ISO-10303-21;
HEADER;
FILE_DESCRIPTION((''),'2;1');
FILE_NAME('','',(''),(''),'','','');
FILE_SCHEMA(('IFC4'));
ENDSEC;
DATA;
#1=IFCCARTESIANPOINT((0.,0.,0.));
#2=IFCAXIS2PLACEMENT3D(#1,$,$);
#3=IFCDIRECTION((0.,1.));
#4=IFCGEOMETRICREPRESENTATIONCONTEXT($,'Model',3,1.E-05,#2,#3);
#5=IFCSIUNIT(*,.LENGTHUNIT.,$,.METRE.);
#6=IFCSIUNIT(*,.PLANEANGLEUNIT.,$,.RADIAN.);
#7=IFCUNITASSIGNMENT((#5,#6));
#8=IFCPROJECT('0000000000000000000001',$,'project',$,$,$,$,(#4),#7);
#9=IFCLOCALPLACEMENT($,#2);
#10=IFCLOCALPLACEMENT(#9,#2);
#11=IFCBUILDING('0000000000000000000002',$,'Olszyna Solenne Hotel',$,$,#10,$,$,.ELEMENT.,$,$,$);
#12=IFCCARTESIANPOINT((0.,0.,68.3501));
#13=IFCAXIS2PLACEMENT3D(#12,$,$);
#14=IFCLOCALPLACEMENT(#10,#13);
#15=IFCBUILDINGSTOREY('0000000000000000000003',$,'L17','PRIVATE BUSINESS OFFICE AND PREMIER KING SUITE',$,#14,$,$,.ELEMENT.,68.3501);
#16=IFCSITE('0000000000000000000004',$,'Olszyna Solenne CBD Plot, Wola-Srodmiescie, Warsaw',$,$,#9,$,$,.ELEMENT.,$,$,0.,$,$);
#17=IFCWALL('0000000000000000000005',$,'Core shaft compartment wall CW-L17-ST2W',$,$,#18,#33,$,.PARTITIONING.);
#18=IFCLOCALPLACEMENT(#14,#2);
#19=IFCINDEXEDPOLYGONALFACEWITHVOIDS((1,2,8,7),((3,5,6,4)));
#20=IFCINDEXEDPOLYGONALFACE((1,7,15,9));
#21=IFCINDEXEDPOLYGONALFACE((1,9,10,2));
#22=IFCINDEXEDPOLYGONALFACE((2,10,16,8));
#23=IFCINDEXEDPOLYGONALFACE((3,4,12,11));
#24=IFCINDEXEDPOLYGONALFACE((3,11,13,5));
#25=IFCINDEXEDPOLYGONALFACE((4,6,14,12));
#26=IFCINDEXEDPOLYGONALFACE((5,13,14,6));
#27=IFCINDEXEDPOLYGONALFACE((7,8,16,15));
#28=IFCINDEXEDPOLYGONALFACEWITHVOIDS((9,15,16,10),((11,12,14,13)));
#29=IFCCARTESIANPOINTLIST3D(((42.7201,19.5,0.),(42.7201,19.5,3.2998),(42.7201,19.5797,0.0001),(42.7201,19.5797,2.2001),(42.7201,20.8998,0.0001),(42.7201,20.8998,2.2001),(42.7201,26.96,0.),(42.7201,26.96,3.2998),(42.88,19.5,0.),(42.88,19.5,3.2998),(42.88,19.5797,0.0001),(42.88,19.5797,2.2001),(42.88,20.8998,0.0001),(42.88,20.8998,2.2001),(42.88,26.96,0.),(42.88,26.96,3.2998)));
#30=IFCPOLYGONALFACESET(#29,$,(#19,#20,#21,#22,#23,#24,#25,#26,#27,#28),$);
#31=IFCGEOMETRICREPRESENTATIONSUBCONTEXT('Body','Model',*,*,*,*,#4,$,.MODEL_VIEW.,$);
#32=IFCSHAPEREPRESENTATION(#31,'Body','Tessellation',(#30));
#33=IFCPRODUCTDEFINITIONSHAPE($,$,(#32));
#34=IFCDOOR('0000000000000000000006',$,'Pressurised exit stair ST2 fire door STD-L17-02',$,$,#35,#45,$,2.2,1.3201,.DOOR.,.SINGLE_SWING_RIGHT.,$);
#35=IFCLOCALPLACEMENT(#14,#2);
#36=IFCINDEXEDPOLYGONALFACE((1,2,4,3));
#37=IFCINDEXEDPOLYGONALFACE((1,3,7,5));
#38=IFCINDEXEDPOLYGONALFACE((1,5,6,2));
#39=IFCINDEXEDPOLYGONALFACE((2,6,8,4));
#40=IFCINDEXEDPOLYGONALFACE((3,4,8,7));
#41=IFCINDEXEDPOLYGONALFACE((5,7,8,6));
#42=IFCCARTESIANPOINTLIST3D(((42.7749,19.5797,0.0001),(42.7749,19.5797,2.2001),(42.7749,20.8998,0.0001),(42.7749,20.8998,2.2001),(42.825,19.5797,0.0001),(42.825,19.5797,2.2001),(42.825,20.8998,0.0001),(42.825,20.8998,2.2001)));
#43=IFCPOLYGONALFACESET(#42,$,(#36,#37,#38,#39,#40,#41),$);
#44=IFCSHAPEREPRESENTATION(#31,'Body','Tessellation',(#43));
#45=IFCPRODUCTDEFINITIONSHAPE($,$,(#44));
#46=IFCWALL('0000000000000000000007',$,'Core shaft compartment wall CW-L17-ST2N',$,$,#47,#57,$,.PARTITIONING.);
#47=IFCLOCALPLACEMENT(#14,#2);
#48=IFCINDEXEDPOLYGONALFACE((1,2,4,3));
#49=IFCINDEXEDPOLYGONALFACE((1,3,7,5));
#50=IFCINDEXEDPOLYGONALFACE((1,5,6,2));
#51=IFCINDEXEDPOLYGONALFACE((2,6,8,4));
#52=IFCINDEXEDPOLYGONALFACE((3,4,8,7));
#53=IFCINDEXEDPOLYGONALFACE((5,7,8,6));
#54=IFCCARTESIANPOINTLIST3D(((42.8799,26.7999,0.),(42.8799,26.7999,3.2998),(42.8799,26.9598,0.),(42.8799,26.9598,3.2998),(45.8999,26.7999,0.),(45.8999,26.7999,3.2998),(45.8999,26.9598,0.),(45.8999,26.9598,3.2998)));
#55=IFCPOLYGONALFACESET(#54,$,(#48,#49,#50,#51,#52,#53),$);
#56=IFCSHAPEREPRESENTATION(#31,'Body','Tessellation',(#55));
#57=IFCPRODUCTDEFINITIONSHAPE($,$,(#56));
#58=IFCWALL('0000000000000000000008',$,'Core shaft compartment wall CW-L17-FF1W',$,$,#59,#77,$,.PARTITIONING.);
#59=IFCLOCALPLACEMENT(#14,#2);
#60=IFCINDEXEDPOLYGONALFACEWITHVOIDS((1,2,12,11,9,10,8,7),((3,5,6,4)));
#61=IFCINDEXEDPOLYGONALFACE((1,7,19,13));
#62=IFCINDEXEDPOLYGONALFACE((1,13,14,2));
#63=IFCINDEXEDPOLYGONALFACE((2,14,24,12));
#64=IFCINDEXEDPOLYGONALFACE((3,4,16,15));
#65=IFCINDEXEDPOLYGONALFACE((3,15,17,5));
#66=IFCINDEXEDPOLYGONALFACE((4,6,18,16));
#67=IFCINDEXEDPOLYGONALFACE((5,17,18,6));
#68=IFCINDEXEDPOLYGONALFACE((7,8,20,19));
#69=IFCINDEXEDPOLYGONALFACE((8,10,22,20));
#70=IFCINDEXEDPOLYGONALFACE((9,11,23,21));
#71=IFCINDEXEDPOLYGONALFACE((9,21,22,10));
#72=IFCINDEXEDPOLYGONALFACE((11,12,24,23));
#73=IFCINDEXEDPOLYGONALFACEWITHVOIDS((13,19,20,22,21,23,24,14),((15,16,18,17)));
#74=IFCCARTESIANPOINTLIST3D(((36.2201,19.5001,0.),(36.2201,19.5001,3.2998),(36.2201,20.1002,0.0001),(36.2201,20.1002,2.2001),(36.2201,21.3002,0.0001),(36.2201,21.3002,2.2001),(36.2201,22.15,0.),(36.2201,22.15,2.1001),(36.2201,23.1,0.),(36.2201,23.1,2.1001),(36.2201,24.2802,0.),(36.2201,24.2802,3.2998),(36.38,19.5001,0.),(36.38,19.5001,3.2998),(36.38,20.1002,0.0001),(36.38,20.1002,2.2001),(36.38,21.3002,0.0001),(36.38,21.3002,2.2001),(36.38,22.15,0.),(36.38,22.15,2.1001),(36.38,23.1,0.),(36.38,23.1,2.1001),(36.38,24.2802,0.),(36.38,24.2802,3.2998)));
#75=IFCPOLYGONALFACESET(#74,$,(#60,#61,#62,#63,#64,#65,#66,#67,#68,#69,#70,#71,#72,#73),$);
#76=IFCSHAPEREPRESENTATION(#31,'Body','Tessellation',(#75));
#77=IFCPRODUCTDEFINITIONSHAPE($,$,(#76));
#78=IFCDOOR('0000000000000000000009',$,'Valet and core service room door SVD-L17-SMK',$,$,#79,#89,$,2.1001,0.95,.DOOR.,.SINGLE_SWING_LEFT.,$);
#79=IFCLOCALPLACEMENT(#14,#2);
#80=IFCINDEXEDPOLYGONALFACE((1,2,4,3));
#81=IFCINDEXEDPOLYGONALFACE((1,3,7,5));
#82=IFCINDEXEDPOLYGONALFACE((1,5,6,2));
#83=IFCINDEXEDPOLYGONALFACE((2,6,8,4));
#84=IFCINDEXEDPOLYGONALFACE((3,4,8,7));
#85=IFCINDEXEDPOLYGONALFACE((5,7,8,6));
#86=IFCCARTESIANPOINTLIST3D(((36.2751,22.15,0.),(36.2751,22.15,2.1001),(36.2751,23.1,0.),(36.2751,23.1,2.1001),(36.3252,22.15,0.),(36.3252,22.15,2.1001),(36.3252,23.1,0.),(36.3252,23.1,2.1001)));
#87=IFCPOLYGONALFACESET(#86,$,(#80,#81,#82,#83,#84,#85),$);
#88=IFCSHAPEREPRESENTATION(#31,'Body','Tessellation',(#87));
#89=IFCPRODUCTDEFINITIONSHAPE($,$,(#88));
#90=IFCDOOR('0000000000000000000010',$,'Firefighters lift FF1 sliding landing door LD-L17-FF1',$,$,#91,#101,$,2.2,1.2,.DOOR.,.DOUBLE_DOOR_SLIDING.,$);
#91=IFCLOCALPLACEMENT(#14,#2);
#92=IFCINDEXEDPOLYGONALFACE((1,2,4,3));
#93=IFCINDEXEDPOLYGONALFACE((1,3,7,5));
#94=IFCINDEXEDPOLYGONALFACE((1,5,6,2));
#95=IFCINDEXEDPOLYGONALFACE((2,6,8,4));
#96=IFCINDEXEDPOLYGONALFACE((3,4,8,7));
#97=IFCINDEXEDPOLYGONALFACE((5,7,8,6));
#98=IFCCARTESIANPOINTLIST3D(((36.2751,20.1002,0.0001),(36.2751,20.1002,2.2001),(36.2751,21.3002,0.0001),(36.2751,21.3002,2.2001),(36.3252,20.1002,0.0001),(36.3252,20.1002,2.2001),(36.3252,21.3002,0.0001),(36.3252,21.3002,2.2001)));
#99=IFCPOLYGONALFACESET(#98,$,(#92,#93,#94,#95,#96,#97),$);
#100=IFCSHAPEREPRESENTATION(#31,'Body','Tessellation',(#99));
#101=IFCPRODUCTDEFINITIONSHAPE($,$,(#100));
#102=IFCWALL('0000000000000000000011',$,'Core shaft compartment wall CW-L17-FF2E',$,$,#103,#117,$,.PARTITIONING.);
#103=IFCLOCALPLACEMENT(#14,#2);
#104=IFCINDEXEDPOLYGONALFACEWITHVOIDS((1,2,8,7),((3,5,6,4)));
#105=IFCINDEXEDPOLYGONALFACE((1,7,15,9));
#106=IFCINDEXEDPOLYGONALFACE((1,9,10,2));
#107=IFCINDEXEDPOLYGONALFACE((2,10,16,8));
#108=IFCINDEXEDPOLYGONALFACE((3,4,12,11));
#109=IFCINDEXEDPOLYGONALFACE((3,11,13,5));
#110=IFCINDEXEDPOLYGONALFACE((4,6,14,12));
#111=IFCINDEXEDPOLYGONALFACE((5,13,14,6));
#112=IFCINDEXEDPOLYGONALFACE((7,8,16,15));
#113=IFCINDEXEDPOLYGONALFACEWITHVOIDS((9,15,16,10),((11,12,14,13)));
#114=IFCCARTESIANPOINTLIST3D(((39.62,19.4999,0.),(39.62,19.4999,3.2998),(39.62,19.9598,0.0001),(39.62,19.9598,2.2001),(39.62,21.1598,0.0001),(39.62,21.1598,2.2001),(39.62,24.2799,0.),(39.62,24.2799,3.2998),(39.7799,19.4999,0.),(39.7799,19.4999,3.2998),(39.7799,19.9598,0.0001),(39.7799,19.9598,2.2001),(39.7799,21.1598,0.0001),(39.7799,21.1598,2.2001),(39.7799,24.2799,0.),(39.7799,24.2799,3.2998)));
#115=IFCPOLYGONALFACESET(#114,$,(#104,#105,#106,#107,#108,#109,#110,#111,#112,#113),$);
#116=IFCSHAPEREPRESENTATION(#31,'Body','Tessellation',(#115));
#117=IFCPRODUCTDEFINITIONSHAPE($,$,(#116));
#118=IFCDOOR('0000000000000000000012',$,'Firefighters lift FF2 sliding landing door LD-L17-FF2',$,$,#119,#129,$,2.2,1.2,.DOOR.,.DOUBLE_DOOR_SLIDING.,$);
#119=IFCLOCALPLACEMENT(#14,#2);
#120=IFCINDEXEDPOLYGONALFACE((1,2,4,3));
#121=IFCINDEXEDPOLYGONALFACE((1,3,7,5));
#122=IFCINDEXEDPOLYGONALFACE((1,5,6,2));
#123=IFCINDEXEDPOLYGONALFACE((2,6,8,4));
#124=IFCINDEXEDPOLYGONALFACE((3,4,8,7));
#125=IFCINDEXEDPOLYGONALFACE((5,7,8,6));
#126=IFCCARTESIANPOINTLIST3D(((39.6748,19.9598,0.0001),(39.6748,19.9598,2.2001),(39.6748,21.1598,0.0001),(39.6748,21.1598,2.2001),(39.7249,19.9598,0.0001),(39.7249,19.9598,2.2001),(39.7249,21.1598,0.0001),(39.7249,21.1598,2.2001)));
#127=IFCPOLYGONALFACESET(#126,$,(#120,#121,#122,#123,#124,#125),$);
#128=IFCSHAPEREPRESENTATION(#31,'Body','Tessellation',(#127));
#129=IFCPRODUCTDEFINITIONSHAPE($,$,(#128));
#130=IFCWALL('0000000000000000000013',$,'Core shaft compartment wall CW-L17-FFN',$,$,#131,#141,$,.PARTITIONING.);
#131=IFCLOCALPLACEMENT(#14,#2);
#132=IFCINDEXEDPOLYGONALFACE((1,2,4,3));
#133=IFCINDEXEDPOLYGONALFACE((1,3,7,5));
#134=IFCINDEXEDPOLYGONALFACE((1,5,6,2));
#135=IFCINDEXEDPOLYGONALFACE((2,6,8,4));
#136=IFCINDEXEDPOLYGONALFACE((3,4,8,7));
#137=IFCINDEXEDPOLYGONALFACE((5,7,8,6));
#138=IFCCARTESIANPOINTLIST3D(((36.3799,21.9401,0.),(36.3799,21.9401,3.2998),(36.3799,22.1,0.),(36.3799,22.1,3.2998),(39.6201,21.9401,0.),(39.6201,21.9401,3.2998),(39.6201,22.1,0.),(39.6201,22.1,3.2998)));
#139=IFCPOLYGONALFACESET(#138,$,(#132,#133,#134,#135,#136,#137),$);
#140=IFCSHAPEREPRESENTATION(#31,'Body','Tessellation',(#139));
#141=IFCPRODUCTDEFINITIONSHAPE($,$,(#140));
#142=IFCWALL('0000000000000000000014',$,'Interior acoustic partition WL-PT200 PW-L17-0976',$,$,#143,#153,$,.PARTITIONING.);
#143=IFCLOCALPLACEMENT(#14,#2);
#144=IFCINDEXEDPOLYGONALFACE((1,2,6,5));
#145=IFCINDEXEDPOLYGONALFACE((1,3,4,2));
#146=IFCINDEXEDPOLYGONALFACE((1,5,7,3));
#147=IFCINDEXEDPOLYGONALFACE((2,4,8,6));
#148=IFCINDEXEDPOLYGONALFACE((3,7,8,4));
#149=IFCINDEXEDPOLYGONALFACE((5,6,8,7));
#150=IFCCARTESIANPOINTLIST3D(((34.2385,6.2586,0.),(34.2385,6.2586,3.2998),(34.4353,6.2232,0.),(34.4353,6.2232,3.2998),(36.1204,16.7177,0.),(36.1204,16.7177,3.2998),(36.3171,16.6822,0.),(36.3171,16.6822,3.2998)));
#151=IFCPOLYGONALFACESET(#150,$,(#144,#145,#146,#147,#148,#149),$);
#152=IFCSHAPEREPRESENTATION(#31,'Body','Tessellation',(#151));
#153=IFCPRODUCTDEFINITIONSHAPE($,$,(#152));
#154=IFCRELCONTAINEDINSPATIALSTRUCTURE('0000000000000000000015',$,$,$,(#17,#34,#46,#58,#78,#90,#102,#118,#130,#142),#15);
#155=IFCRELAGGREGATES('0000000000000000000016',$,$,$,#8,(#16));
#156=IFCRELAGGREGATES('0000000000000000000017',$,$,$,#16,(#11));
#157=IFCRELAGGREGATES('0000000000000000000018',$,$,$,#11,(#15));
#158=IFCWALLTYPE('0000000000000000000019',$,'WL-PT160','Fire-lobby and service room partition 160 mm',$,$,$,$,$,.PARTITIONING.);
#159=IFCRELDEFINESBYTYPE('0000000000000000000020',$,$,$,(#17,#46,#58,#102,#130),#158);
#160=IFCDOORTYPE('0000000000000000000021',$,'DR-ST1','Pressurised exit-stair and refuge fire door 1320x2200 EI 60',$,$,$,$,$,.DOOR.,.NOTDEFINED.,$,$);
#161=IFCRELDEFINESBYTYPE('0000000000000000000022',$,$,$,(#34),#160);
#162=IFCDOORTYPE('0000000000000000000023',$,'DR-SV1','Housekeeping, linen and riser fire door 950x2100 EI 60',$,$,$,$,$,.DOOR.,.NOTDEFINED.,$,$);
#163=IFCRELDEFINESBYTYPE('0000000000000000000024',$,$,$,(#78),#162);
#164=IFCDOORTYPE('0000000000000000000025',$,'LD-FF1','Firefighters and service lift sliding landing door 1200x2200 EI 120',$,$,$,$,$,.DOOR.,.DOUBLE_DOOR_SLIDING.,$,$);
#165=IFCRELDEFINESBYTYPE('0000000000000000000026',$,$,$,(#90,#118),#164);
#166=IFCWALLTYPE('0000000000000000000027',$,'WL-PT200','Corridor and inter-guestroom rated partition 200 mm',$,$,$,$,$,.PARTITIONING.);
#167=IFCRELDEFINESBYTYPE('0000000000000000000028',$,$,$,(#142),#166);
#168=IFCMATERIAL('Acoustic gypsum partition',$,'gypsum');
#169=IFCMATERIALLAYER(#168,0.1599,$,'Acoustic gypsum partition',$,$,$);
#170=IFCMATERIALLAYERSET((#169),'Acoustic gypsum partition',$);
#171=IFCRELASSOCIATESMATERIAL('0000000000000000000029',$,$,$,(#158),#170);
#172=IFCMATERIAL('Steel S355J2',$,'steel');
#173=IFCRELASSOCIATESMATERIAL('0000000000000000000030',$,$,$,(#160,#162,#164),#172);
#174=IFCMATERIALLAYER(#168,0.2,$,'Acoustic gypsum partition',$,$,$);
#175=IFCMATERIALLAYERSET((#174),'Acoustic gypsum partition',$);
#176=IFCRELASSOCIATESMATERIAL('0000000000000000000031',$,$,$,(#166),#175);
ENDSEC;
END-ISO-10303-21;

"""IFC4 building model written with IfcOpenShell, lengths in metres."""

from ifc_helpers import new_model, si_unit, direction, frame, frame_2d, origin, place, context, subcontext, project, spatial, rectangle, extrude, source, transform, mapped, material, layer, layer_set, type_object, type_shapes, element, fill, save


model = new_model("IFC4")

# Units and contexts
model_context = context("Model", 3, precision=1e-05, world=origin(), true_north=direction((0.0, 1.0)))
body_context = subcontext(model_context, "Body", "Model", "MODEL_VIEW")
ifc_project = project(units=[si_unit("LENGTHUNIT", "METRE"), si_unit("PLANEANGLEUNIT", "RADIAN")], contexts=[model_context])

# Site, building, storey
site_placement = place(None, origin())
site = spatial("IfcSite", under=ifc_project, at=site_placement, Name="Olszyna Solenne CBD Plot, Wola-Srodmiescie, Warsaw", CompositionType="ELEMENT", RefElevation=0.0)
building_placement = place(site_placement, origin())
building = spatial("IfcBuilding", under=site, at=building_placement, Name="Olszyna Solenne Hotel", CompositionType="ELEMENT")
storey_placement = place(building_placement, frame((0.0, 0.0, 68.3501)))
storey = spatial("IfcBuildingStorey", under=building, at=storey_placement, Name="L17", Description="PRIVATE BUSINESS OFFICE AND PREMIER KING SUITE", CompositionType="ELEMENT", Elevation=68.3501)

# Shared definitions
ifc_material_1 = material(Name="Steel S355J2", Category="steel")

# Shared definitions
ifc_material_2 = material(Name="Acoustic gypsum partition", Category="gypsum")

# Wall, opening, door
ifc_layer_1 = layer(ifc_material_2, 0.1599, Name="Acoustic gypsum partition")
ifc_layer_set_1 = layer_set([ifc_layer_1], Name="Acoustic gypsum partition")
wall_type_1 = type_object("IfcWallType", Name="WL-PT160", Description="Fire-lobby and service room partition 160 mm", PredefinedType="PARTITIONING", material=ifc_layer_set_1)
wall_1_placement = place(storey_placement, frame((42.8, 26.96, 0.0), z_axis=(0.0, 0.0, 1.0), x_axis=(0.0, -1.0, 0.0)))
wall_1 = element("IfcWall", 1, at=wall_1_placement, inside=storey, type_object=wall_type_1, Name="Core shaft compartment wall CW-L17-ST2W", PredefinedType="PARTITIONING", context=body_context, shape_type="SweptSolid", body=[
    extrude(rectangle(XDim=7.46, YDim=0.1599, at=frame_2d((3.73, 0.0))), origin(), (0.0, 0.0, 1.0), 3.2998),
])
opening_1_placement = place(wall_1_placement, frame((6.0601, 0.0, 0.0)))
opening_1 = element("IfcOpeningElement", 2, at=opening_1_placement, cuts=wall_1, PredefinedType="OPENING", context=body_context, shape_type="SweptSolid", body=[
    extrude(rectangle(XDim=1.3201, YDim=2.2, at=frame_2d((0.6602, 1.1001))), frame((0.0, 0.0898, 0.0), z_axis=(0.0, -1.0, 0.0), x_axis=(1.0, 0.0, 0.0)), (0.0, 0.0, 1.0), 0.1799),
])
door_type_1 = type_object("IfcDoorType", Name="DR-ST1", Description="Pressurised exit-stair and refuge fire door 1320x2200 EI 60", OperationType="NOTDEFINED", PredefinedType="DOOR", material=ifc_material_1)
shared_shape_1 = source(origin(), body_context, "Body", "SweptSolid", [
    extrude(rectangle(XDim=1.3201, YDim=2.2, at=frame_2d((0.6602, 1.1001))), frame((0.0, 0.0249, 0.0), z_axis=(0.0, -1.0, 0.0), x_axis=(1.0, 0.0, 0.0)), (0.0, 0.0, 1.0), 0.05),
])
type_shapes(door_type_1, [shared_shape_1])
door_1_placement = place(opening_1_placement, origin())
door_1 = element("IfcDoor", 3, at=door_1_placement, inside=storey, type_object=door_type_1, Name="Pressurised exit stair ST2 fire door STD-L17-02", OperationType="SINGLE_SWING_RIGHT", OverallHeight=2.2, OverallWidth=1.3201, PredefinedType="DOOR", context=body_context, shape_type="MappedRepresentation", body=[
    mapped(shared_shape_1, transform((0.0, 0.0, 0.0), x_axis=(1.0, 0.0, 0.0), y_axis=(0.0, 1.0, 0.0), z_axis=(0.0, 0.0, 1.0), scale=1.0)),
])
fill(opening_1, door_1)

# Wall
wall_2_placement = place(storey_placement, frame((42.8799, 26.8799, 0.0), z_axis=(0.0, 0.0, 1.0), x_axis=(1.0, 0.0, 0.0)))
element("IfcWall", 4, at=wall_2_placement, inside=storey, type_object=wall_type_1, Name="Core shaft compartment wall CW-L17-ST2N", PredefinedType="PARTITIONING", context=body_context, shape_type="SweptSolid", body=[
    extrude(rectangle(XDim=3.02, YDim=0.1599, at=frame_2d((1.51, 0.0))), origin(), (0.0, 0.0, 1.0), 3.2998),
])

# Wall, openings, doors
wall_3_placement = place(storey_placement, frame((36.3, 19.5, 0.0), z_axis=(0.0, 0.0, 1.0), x_axis=(0.0, 1.0, 0.0)))
wall_3 = element("IfcWall", 5, at=wall_3_placement, inside=storey, type_object=wall_type_1, Name="Core shaft compartment wall CW-L17-FF1W", PredefinedType="PARTITIONING", context=body_context, shape_type="SweptSolid", body=[
    extrude(rectangle(XDim=4.78, YDim=0.1599, at=frame_2d((2.3901, 0.0))), origin(), (0.0, 0.0, 1.0), 3.2998),
])
opening_2_placement = place(wall_3_placement, frame((0.6001, 0.0, 0.0)))
opening_2 = element("IfcOpeningElement", 6, at=opening_2_placement, cuts=wall_3, PredefinedType="OPENING", context=body_context, shape_type="SweptSolid", body=[
    extrude(rectangle(XDim=1.2, YDim=2.2, at=frame_2d((0.6001, 1.1001))), frame((0.0, 0.0898, 0.0), z_axis=(0.0, -1.0, 0.0), x_axis=(1.0, 0.0, 0.0)), (0.0, 0.0, 1.0), 0.1799),
])
opening_3_placement = place(wall_3_placement, frame((2.6499, 0.0, 0.0)))
opening_3 = element("IfcOpeningElement", 7, at=opening_3_placement, cuts=wall_3, PredefinedType="OPENING", context=body_context, shape_type="SweptSolid", body=[
    extrude(rectangle(XDim=0.95, YDim=2.1001, at=frame_2d((0.4751, 1.05))), frame((0.0, 0.0898, 0.0), z_axis=(0.0, -1.0, 0.0), x_axis=(1.0, 0.0, 0.0)), (0.0, 0.0, 1.0), 0.1799),
])
door_type_2 = type_object("IfcDoorType", Name="DR-SV1", Description="Housekeeping, linen and riser fire door 950x2100 EI 60", OperationType="NOTDEFINED", PredefinedType="DOOR", material=ifc_material_1)
shared_shape_2 = source(origin(), body_context, "Body", "SweptSolid", [
    extrude(rectangle(XDim=0.95, YDim=2.1001, at=frame_2d((0.4751, 1.05))), frame((0.0, 0.0249, 0.0), z_axis=(0.0, -1.0, 0.0), x_axis=(1.0, 0.0, 0.0)), (0.0, 0.0, 1.0), 0.05),
])
type_shapes(door_type_2, [shared_shape_2])
door_2_placement = place(opening_3_placement, origin())
door_2 = element("IfcDoor", 8, at=door_2_placement, inside=storey, type_object=door_type_2, Name="Valet and core service room door SVD-L17-SMK", OperationType="SINGLE_SWING_LEFT", OverallHeight=2.1001, OverallWidth=0.95, PredefinedType="DOOR", context=body_context, shape_type="MappedRepresentation", body=[
    mapped(shared_shape_2, transform((0.0, 0.0, 0.0), x_axis=(1.0, 0.0, 0.0), y_axis=(0.0, 1.0, 0.0), z_axis=(0.0, 0.0, 1.0), scale=1.0)),
])
fill(opening_3, door_2)
door_type_3 = type_object("IfcDoorType", Name="LD-FF1", Description="Firefighters and service lift sliding landing door 1200x2200 EI 120", OperationType="DOUBLE_DOOR_SLIDING", PredefinedType="DOOR", material=ifc_material_1)
shared_shape_3 = source(origin(), body_context, "Body", "SweptSolid", [
    extrude(rectangle(XDim=1.2, YDim=2.2, at=frame_2d((0.6001, 1.1001))), frame((0.0, 0.0249, 0.0), z_axis=(0.0, -1.0, 0.0), x_axis=(1.0, 0.0, 0.0)), (0.0, 0.0, 1.0), 0.05),
])
type_shapes(door_type_3, [shared_shape_3])
door_3_placement = place(opening_2_placement, origin())
door_3 = element("IfcDoor", 9, at=door_3_placement, inside=storey, type_object=door_type_3, Name="Firefighters lift FF1 sliding landing door LD-L17-FF1", OperationType="DOUBLE_DOOR_SLIDING", OverallHeight=2.2, OverallWidth=1.2, PredefinedType="DOOR", context=body_context, shape_type="MappedRepresentation", body=[
    mapped(shared_shape_3, transform((0.0, 0.0, 0.0), x_axis=(1.0, 0.0, 0.0), y_axis=(0.0, 1.0, 0.0), z_axis=(0.0, 0.0, 1.0), scale=1.0)),
])
fill(opening_2, door_3)

# Wall, opening, door
wall_4_placement = place(storey_placement, frame((39.7, 24.28, 0.0), z_axis=(0.0, 0.0, 1.0), x_axis=(0.0, -1.0, 0.0)))
wall_4 = element("IfcWall", 10, at=wall_4_placement, inside=storey, type_object=wall_type_1, Name="Core shaft compartment wall CW-L17-FF2E", PredefinedType="PARTITIONING", context=body_context, shape_type="SweptSolid", body=[
    extrude(rectangle(XDim=4.78, YDim=0.1599, at=frame_2d((2.3901, 0.0))), origin(), (0.0, 0.0, 1.0), 3.2998),
])
opening_4_placement = place(wall_4_placement, frame((3.1201, 0.0, 0.0)))
opening_4 = element("IfcOpeningElement", 11, at=opening_4_placement, cuts=wall_4, PredefinedType="OPENING", context=body_context, shape_type="SweptSolid", body=[
    extrude(rectangle(XDim=1.2, YDim=2.2, at=frame_2d((0.6001, 1.1001))), frame((0.0, 0.0898, 0.0), z_axis=(0.0, -1.0, 0.0), x_axis=(1.0, 0.0, 0.0)), (0.0, 0.0, 1.0), 0.1799),
])
door_4_placement = place(opening_4_placement, origin())
door_4 = element("IfcDoor", 12, at=door_4_placement, inside=storey, type_object=door_type_3, Name="Firefighters lift FF2 sliding landing door LD-L17-FF2", OperationType="DOUBLE_DOOR_SLIDING", OverallHeight=2.2, OverallWidth=1.2, PredefinedType="DOOR", context=body_context, shape_type="MappedRepresentation", body=[
    mapped(shared_shape_3, transform((0.0, 0.0, 0.0), x_axis=(1.0, 0.0, 0.0), y_axis=(0.0, 1.0, 0.0), z_axis=(0.0, 0.0, 1.0), scale=1.0)),
])
fill(opening_4, door_4)

# Walls
wall_5_placement = place(storey_placement, frame((36.3799, 22.02, 0.0), z_axis=(0.0, 0.0, 1.0), x_axis=(1.0, 0.0, 0.0)))
element("IfcWall", 13, at=wall_5_placement, inside=storey, type_object=wall_type_1, Name="Core shaft compartment wall CW-L17-FFN", PredefinedType="PARTITIONING", context=body_context, shape_type="SweptSolid", body=[
    extrude(rectangle(XDim=3.2402, YDim=0.1599, at=frame_2d((1.6201, 0.0))), origin(), (0.0, 0.0, 1.0), 3.2998),
])
ifc_layer_2 = layer(ifc_material_2, 0.2, Name="Acoustic gypsum partition")
ifc_layer_set_2 = layer_set([ifc_layer_2], Name="Acoustic gypsum partition")
wall_type_2 = type_object("IfcWallType", Name="WL-PT200", Description="Corridor and inter-guestroom rated partition 200 mm", PredefinedType="PARTITIONING", material=ifc_layer_set_2)
wall_6_placement = place(storey_placement, frame((36.2188, 16.7, 0.0), z_axis=(0.0, 0.0, 1.0), x_axis=(-0.177082, -0.984196, 0.0)))
element("IfcWall", 14, at=wall_6_placement, inside=storey, type_object=wall_type_2, Name="Interior acoustic partition WL-PT200 PW-L17-0976", PredefinedType="PARTITIONING", context=body_context, shape_type="SweptSolid", body=[
    extrude(rectangle(XDim=10.627, YDim=0.2, at=frame_2d((5.3135, 0.0))), origin(), (0.0, 0.0, 1.0), 3.2998),
])

save(model, "model.ifc")
